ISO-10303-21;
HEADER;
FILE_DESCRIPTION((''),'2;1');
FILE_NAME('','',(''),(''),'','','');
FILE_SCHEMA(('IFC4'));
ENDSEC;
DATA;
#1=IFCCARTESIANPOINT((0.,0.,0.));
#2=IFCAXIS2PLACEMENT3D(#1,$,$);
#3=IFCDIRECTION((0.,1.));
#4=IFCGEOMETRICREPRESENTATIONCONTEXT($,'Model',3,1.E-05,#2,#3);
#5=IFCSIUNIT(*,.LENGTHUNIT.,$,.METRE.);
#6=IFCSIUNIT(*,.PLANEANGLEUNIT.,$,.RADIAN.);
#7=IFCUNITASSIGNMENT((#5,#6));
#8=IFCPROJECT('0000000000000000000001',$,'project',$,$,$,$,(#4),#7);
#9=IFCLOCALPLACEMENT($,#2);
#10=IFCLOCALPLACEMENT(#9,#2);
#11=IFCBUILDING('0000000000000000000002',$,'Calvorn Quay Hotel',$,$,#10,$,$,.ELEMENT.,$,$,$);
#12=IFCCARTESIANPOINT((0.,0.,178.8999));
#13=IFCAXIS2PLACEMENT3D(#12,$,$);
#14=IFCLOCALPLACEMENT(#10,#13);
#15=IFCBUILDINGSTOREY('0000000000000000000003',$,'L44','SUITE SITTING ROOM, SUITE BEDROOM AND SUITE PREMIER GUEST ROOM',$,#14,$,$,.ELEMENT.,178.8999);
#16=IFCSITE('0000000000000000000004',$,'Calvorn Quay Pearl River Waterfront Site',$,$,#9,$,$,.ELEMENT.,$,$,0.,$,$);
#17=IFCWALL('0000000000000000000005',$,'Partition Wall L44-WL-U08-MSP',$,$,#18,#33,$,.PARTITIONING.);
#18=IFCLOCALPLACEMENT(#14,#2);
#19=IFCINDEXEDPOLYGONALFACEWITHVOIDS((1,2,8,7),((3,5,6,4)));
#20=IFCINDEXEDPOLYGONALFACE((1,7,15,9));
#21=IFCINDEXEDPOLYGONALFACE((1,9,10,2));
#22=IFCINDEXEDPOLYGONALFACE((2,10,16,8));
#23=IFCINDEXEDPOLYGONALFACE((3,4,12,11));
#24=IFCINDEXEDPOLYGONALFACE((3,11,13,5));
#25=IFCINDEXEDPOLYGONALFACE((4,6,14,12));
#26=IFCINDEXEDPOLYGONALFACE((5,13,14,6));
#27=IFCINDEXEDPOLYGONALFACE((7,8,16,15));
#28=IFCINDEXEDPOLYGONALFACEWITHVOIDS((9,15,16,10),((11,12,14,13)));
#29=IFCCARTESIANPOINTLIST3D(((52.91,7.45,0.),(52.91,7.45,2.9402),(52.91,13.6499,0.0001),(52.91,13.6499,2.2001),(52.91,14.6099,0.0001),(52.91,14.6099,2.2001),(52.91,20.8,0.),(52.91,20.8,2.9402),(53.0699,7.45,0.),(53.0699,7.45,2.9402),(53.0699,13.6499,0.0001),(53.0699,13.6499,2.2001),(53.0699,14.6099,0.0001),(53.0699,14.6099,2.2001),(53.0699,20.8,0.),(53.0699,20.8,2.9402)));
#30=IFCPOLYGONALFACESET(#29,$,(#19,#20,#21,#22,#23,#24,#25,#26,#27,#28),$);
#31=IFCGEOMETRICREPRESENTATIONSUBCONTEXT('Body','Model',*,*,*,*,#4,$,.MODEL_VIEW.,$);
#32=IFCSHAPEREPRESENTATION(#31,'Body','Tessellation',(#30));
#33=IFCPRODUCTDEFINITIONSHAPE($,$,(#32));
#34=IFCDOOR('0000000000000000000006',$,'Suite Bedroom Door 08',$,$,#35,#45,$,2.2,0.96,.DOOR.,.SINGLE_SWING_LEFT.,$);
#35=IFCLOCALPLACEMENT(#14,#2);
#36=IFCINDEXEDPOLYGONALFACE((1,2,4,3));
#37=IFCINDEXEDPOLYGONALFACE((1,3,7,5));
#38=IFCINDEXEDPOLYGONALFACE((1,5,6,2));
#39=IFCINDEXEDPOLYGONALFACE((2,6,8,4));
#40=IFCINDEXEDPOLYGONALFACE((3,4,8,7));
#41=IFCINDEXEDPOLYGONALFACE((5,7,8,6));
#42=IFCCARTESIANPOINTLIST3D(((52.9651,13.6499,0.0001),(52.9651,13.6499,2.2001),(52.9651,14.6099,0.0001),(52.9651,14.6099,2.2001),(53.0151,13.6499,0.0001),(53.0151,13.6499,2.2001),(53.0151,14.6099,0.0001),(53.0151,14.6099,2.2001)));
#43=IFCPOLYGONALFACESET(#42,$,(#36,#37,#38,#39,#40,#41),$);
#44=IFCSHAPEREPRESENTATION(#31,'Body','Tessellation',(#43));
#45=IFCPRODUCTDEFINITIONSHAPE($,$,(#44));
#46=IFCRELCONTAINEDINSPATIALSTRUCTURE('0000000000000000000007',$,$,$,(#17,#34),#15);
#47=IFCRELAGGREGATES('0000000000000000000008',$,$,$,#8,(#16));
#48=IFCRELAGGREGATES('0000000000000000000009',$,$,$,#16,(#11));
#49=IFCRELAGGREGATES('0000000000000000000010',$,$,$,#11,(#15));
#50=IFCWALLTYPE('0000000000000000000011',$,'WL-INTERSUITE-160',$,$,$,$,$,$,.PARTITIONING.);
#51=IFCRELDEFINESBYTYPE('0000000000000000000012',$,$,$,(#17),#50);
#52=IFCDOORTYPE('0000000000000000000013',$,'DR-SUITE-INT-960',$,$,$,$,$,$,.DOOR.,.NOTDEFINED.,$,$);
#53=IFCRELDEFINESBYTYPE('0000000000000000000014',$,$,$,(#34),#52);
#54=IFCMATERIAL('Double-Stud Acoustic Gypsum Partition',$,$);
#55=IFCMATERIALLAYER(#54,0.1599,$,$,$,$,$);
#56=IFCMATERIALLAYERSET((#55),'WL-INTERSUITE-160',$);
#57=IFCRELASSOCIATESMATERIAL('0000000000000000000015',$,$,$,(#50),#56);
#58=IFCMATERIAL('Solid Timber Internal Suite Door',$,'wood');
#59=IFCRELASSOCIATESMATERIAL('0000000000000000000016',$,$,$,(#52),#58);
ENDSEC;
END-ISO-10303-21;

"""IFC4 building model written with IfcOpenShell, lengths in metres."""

from ifc_helpers import new_model, si_unit, direction, frame, frame_2d, origin, place, context, subcontext, project, spatial, rectangle, extrude, material, layer, layer_set, type_object, element, fill, save


model = new_model("IFC4")

# Units and contexts
model_context = context("Model", 3, precision=1e-05, world=origin(), true_north=direction((0.0, 1.0)))
body_context = subcontext(model_context, "Body", "Model", "MODEL_VIEW")
ifc_project = project(units=[si_unit("LENGTHUNIT", "METRE"), si_unit("PLANEANGLEUNIT", "RADIAN")], contexts=[model_context])

# Site, building, storey
site_placement = place(None, origin())
site = spatial("IfcSite", under=ifc_project, at=site_placement, Name="Calvorn Quay Pearl River Waterfront Site", CompositionType="ELEMENT", RefElevation=0.0)
building_placement = place(site_placement, origin())
building = spatial("IfcBuilding", under=site, at=building_placement, Name="Calvorn Quay Hotel", CompositionType="ELEMENT")
storey_placement = place(building_placement, frame((0.0, 0.0, 178.8999)))
storey = spatial("IfcBuildingStorey", under=building, at=storey_placement, Name="L44", Description="SUITE SITTING ROOM, SUITE BEDROOM AND SUITE PREMIER GUEST ROOM", CompositionType="ELEMENT", Elevation=178.8999)

# Wall, opening, door
ifc_material_1 = material(Name="Double-Stud Acoustic Gypsum Partition")
ifc_layer_1 = layer(ifc_material_1, 0.1599)
ifc_layer_set_1 = layer_set([ifc_layer_1], Name="WL-INTERSUITE-160")
wall_type_1 = type_object("IfcWallType", Name="WL-INTERSUITE-160", PredefinedType="PARTITIONING", material=ifc_layer_set_1)
wall_1_placement = place(storey_placement, frame((52.99, 7.45, 0.0), z_axis=(0.0, 0.0, 1.0), x_axis=(0.0, 1.0, 0.0)))
wall_1 = element("IfcWall", 1, at=wall_1_placement, inside=storey, type_object=wall_type_1, Name="Partition Wall L44-WL-U08-MSP", PredefinedType="PARTITIONING", context=body_context, shape_type="SweptSolid", body=[
    extrude(rectangle(XDim=13.3501, YDim=0.1599, at=frame_2d((6.675, 0.0))), origin(), (0.0, 0.0, 1.0), 2.9402),
])
opening_1_placement = place(wall_1_placement, frame((6.2, 0.0, 0.0)))
opening_1 = element("IfcOpeningElement", 2, at=opening_1_placement, cuts=wall_1, PredefinedType="OPENING", context=body_context, shape_type="SweptSolid", body=[
    extrude(rectangle(XDim=0.96, YDim=2.2, at=frame_2d((0.48, 1.1001))), frame((0.0, 0.0898, 0.0), z_axis=(0.0, -1.0, 0.0), x_axis=(1.0, 0.0, 0.0)), (0.0, 0.0, 1.0), 0.1799),
])
ifc_material_2 = material(Name="Solid Timber Internal Suite Door", Category="wood")
door_type_1 = type_object("IfcDoorType", Name="DR-SUITE-INT-960", OperationType="NOTDEFINED", PredefinedType="DOOR", material=ifc_material_2)
door_1_placement = place(opening_1_placement, origin())
door_1 = element("IfcDoor", 3, at=door_1_placement, inside=storey, type_object=door_type_1, Name="Suite Bedroom Door 08", OperationType="SINGLE_SWING_LEFT", OverallHeight=2.2, OverallWidth=0.96, PredefinedType="DOOR", context=body_context, shape_type="SweptSolid", body=[
    extrude(rectangle(XDim=0.96, YDim=2.2, at=frame_2d((0.48, 1.1001))), frame((0.0, 0.0249, 0.0), z_axis=(0.0, -1.0, 0.0), x_axis=(1.0, 0.0, 0.0)), (0.0, 0.0, 1.0), 0.05),
])
fill(opening_1, door_1)

save(model, "model.ifc")
